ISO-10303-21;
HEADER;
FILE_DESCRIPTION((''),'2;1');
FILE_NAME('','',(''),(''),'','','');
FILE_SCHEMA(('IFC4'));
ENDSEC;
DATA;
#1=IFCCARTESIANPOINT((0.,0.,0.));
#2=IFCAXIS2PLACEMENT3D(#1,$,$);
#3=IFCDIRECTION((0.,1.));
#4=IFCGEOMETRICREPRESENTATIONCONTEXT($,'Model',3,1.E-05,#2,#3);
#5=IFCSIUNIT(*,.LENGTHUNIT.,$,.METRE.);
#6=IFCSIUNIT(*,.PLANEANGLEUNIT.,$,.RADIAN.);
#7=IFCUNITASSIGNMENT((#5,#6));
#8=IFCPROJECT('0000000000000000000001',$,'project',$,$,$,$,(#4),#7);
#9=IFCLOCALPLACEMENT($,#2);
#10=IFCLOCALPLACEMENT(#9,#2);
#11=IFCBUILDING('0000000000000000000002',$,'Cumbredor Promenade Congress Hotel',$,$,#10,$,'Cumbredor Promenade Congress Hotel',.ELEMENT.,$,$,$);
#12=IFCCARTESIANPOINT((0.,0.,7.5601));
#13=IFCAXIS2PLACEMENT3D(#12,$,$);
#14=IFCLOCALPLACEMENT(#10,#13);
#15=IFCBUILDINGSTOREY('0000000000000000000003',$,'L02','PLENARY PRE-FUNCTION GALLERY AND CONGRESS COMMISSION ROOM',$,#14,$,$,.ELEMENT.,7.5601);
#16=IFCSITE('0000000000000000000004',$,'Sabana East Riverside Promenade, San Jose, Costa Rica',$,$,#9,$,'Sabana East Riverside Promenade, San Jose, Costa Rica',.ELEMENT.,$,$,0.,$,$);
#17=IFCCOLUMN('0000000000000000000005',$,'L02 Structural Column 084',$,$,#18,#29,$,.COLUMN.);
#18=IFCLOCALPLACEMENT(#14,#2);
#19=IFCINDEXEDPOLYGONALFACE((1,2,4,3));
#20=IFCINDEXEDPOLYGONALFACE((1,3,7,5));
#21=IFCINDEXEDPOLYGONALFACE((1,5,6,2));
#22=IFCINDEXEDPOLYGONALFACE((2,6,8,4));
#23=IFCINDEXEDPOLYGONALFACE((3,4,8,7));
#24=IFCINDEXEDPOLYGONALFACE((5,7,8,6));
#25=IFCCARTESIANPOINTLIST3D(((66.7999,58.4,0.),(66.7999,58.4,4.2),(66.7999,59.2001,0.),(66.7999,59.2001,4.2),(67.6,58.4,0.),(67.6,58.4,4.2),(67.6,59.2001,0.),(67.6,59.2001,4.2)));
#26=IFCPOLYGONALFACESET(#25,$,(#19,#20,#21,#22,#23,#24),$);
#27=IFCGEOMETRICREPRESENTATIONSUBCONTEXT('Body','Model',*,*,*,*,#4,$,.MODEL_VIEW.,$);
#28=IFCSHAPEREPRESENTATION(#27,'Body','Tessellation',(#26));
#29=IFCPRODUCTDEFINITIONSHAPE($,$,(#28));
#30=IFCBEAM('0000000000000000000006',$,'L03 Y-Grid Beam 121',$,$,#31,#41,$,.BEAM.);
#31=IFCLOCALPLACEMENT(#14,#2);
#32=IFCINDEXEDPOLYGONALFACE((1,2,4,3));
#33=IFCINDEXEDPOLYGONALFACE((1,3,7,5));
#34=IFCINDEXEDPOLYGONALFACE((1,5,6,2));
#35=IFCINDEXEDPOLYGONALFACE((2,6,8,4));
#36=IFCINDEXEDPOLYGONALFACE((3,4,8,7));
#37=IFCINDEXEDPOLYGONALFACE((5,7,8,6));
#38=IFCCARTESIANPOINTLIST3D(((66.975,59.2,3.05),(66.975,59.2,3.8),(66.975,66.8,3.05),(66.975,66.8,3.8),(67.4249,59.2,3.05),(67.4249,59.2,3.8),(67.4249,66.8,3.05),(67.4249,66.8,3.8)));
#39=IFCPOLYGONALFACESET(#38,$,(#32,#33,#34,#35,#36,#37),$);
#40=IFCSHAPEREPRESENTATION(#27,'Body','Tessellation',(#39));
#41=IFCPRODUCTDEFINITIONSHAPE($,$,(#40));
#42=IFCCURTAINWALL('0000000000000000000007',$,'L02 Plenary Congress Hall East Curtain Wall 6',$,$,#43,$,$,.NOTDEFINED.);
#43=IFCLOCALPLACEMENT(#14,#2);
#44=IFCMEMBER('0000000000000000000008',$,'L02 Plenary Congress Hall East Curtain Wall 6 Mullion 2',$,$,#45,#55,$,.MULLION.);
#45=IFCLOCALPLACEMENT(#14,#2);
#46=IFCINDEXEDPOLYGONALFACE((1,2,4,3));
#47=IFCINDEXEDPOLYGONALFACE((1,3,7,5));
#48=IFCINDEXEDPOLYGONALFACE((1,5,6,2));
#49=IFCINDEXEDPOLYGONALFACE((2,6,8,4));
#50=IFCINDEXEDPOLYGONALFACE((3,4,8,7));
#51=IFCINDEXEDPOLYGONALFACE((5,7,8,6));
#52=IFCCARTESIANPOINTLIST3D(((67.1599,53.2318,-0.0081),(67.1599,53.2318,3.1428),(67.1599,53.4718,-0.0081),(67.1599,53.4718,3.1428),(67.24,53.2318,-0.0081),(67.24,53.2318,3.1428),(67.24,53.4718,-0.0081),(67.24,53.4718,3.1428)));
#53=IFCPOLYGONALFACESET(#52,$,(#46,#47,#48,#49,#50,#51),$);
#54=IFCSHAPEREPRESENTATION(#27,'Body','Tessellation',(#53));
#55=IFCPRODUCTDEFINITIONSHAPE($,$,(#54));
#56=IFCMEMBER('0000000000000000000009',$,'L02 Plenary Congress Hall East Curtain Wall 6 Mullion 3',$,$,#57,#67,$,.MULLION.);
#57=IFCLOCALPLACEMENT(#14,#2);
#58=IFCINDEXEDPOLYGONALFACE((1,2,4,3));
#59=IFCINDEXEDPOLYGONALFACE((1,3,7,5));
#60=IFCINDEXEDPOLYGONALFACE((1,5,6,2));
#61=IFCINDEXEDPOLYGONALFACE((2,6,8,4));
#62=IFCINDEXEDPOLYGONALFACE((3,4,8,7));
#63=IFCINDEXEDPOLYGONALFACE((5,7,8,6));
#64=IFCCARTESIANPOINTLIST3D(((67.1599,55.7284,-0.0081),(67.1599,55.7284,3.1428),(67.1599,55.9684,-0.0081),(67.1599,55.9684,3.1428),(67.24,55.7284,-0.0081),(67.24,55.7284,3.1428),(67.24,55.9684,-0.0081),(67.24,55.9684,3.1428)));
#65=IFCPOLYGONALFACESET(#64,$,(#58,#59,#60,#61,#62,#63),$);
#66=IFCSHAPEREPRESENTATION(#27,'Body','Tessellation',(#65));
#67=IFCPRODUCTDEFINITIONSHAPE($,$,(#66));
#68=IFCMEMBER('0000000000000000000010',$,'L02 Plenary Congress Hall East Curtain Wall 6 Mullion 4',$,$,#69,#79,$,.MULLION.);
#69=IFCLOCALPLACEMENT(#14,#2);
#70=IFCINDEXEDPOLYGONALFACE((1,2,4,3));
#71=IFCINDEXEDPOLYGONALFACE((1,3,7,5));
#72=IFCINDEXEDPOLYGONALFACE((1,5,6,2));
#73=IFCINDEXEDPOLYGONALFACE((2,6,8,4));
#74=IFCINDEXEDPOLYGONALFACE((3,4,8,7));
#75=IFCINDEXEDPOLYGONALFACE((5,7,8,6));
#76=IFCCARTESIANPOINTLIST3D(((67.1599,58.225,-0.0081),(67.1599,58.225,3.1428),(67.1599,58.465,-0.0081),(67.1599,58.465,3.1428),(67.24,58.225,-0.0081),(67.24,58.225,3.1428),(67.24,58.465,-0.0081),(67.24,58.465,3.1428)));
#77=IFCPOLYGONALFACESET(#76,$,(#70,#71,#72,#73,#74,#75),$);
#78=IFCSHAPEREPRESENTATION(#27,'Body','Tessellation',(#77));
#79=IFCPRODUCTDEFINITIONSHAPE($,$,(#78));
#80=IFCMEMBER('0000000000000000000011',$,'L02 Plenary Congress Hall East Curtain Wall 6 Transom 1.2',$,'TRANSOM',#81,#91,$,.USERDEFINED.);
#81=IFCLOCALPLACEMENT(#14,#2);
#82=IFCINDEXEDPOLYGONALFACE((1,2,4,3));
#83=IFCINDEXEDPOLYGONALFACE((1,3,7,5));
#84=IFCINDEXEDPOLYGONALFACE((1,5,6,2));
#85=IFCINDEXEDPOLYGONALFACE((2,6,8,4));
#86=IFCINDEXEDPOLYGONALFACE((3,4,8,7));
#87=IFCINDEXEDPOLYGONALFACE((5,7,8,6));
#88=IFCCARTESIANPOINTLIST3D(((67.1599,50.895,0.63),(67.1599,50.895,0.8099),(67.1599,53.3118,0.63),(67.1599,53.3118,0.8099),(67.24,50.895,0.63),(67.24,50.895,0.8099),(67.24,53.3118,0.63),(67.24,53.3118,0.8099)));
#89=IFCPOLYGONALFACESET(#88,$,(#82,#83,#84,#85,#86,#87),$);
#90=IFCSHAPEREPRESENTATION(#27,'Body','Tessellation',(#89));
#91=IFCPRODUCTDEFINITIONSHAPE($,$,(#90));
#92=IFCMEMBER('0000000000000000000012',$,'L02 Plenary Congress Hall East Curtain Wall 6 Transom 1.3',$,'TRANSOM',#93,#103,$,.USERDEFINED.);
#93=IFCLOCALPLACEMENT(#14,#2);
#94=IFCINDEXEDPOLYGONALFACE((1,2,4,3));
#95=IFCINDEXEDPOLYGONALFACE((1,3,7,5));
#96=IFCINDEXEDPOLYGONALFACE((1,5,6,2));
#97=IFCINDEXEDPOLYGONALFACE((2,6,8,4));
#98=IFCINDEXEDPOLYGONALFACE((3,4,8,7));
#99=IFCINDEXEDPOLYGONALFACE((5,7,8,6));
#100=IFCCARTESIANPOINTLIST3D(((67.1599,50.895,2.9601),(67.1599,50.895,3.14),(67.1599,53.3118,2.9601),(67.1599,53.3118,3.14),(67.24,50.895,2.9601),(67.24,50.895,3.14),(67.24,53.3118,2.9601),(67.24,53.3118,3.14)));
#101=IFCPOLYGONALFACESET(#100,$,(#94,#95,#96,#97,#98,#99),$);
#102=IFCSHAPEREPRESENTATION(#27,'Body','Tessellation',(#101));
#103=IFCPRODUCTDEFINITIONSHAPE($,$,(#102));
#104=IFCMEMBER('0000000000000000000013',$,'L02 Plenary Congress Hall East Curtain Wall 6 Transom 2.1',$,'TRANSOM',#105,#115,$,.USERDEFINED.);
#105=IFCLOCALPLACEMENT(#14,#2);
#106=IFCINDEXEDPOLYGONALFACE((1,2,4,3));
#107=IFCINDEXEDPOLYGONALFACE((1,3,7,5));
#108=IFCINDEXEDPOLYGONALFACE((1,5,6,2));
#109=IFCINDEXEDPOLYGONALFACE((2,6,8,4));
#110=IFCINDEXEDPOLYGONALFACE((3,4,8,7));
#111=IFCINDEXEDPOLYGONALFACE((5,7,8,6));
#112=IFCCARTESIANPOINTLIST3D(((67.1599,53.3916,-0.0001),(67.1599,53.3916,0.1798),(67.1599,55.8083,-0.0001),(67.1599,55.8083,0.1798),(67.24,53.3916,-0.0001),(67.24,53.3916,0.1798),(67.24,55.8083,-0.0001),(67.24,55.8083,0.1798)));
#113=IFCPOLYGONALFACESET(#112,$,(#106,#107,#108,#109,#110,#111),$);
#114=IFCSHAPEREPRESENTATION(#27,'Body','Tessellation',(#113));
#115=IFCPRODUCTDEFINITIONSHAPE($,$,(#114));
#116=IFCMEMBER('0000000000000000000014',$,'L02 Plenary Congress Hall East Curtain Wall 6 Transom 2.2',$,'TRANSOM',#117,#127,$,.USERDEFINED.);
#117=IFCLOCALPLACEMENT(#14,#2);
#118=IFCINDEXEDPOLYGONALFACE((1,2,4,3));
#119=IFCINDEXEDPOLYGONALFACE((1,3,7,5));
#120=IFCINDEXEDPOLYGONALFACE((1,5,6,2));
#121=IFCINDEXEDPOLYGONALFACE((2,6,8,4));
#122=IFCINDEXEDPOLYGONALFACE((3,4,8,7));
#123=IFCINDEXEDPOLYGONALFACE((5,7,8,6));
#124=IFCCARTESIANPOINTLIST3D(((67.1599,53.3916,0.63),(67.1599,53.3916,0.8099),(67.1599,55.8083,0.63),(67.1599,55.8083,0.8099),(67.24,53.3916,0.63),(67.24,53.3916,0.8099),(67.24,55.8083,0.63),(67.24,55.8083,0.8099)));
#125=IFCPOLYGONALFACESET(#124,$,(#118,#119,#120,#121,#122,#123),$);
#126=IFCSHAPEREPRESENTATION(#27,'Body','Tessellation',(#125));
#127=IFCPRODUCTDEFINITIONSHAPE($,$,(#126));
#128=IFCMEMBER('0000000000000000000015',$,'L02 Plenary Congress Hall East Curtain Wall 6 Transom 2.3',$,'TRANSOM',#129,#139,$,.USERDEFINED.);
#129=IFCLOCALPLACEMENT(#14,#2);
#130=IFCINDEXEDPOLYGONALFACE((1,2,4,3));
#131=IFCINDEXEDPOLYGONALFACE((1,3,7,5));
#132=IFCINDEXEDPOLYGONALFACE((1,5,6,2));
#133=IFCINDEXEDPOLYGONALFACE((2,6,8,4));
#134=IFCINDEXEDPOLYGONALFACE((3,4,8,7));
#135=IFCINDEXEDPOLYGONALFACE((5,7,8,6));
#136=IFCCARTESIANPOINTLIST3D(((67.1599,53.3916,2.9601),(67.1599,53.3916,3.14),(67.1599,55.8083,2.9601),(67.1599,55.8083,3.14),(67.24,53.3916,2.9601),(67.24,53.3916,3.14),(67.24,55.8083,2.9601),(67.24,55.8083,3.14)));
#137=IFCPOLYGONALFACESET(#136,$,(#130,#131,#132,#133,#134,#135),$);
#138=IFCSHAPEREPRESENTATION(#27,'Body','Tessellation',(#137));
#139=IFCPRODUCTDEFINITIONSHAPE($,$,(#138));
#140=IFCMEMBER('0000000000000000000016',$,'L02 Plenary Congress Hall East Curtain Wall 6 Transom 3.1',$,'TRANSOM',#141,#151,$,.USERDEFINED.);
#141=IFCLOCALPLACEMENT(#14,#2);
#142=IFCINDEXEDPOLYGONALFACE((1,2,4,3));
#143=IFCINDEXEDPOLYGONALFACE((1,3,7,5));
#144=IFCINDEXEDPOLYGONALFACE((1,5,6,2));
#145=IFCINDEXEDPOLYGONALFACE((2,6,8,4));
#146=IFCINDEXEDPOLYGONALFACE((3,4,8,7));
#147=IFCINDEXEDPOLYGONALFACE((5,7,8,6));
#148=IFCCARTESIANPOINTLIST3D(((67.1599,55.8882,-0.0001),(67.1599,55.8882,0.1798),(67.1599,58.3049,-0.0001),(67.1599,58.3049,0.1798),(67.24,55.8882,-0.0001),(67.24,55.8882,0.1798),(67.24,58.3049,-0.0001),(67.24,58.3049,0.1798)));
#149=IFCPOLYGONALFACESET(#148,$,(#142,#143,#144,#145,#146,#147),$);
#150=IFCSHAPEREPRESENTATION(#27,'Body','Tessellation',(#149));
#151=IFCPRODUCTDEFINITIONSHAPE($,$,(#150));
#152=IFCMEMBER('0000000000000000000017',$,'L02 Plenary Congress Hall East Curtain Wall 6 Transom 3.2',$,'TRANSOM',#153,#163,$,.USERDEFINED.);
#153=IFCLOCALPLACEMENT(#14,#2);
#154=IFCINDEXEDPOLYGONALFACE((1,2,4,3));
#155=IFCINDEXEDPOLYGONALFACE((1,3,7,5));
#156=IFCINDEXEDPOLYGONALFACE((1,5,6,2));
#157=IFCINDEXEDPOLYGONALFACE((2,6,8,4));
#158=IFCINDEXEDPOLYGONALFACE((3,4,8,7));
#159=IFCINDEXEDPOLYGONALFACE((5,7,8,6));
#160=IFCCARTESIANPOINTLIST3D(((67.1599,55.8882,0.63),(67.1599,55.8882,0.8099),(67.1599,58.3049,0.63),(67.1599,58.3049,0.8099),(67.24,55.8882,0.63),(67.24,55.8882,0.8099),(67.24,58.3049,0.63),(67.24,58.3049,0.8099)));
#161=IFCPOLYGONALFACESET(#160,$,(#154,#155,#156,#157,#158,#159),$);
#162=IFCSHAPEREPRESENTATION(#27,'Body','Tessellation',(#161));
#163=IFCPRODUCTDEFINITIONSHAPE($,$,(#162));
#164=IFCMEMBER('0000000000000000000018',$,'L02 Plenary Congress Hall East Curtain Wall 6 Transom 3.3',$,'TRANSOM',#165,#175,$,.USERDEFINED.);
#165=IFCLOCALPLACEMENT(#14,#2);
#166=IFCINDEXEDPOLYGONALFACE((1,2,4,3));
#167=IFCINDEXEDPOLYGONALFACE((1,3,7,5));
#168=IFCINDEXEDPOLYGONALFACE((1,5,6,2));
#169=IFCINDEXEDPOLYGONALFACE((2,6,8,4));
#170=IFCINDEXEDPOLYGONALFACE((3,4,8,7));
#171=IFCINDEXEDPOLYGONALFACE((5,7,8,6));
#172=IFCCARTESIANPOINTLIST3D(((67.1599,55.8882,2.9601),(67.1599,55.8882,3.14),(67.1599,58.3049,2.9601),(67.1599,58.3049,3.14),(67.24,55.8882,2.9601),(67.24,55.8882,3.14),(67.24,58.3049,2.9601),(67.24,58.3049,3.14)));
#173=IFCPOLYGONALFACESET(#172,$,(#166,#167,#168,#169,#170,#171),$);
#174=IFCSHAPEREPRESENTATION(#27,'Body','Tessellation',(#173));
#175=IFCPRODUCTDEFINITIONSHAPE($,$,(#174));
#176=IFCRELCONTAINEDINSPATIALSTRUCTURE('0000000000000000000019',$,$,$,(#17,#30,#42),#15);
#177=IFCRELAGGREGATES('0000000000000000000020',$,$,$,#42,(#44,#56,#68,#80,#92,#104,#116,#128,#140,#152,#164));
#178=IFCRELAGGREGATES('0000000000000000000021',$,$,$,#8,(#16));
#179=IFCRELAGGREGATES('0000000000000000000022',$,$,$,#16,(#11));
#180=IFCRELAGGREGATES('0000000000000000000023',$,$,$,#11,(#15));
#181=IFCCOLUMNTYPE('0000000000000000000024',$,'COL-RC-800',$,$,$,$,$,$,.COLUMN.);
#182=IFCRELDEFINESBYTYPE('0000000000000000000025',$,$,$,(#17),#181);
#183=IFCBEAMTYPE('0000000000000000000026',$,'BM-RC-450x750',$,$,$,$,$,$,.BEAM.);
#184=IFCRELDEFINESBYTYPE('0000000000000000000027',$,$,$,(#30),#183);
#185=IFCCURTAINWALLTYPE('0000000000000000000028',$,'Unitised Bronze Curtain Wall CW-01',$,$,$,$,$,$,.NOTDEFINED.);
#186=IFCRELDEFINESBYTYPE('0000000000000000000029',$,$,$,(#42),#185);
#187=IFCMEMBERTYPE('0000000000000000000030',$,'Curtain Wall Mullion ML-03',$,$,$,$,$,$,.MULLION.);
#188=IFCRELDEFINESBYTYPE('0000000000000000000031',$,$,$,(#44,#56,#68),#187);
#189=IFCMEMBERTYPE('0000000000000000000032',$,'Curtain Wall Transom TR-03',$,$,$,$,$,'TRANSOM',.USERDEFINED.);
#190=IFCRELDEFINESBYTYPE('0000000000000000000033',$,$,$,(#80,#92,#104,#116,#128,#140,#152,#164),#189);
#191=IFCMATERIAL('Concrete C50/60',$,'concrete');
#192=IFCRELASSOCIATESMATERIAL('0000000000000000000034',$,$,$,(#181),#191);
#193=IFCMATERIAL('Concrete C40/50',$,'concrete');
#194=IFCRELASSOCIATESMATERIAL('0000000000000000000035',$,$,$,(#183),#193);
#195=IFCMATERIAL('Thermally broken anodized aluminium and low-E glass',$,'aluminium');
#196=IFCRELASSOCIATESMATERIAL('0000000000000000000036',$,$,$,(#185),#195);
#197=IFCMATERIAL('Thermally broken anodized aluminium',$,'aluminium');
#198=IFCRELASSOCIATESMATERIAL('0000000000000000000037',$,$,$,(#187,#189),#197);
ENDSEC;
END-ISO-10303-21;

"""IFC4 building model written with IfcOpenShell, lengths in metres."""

from ifc_helpers import new_model, si_unit, direction, frame, origin, origin_2d, place, context, subcontext, project, spatial, rectangle, extrude, material, material_profile, profile_set, type_object, element, aggregate, save


model = new_model("IFC4")

# Units and contexts
model_context = context("Model", 3, precision=1e-05, world=origin(), true_north=direction((0.0, 1.0)))
body_context = subcontext(model_context, "Body", "Model", "MODEL_VIEW")
ifc_project = project(units=[si_unit("LENGTHUNIT", "METRE"), si_unit("PLANEANGLEUNIT", "RADIAN")], contexts=[model_context])

# Site, building, storey
site_placement = place(None, origin())
site = spatial("IfcSite", under=ifc_project, at=site_placement, Name="Sabana East Riverside Promenade, San Jose, Costa Rica", LongName="Sabana East Riverside Promenade, San Jose, Costa Rica", CompositionType="ELEMENT", RefElevation=0.0)
building_placement = place(site_placement, origin())
building = spatial("IfcBuilding", under=site, at=building_placement, Name="Cumbredor Promenade Congress Hotel", LongName="Cumbredor Promenade Congress Hotel", CompositionType="ELEMENT")
storey_placement = place(building_placement, frame((0.0, 0.0, 7.5601)))
storey = spatial("IfcBuildingStorey", under=building, at=storey_placement, Name="L02", Description="PLENARY PRE-FUNCTION GALLERY AND CONGRESS COMMISSION ROOM", CompositionType="ELEMENT", Elevation=7.5601)

# Column
ifc_material_1 = material(Name="Concrete C50/60", Category="concrete")
ifc_material_profile_1 = material_profile(ifc_material_1, rectangle(XDim=0.8, YDim=0.8, at=origin_2d()), Name="RC 800x800")
ifc_profile_set_1 = profile_set([ifc_material_profile_1], Name="Concrete C50/60")
column_type = type_object("IfcColumnType", Name="COL-RC-800", PredefinedType="COLUMN", material=ifc_profile_set_1)
column_placement = place(storey_placement, frame((67.2, 58.8, 0.0), z_axis=(0.0, 0.0, 1.0), x_axis=(1.0, 0.0, 0.0)))
element("IfcColumn", 1, at=column_placement, inside=storey, type_object=column_type, Name="L02 Structural Column 084", PredefinedType="COLUMN", context=body_context, shape_type="SweptSolid", body=[
    extrude(rectangle(XDim=0.8, YDim=0.8, at=origin_2d()), origin(), (0.0, 0.0, 1.0), 4.2),
])

# Beam
ifc_material_2 = material(Name="Concrete C40/50", Category="concrete")
ifc_material_profile_2 = material_profile(ifc_material_2, rectangle(XDim=0.45, YDim=0.75, at=origin_2d()), Name="RC BEAM 450x750")
ifc_profile_set_2 = profile_set([ifc_material_profile_2], Name="Concrete C40/50")
beam_type = type_object("IfcBeamType", Name="BM-RC-450x750", PredefinedType="BEAM", material=ifc_profile_set_2)
beam_placement = place(storey_placement, frame((67.2, 59.2, 3.425), z_axis=(0.0, 1.0, 0.0), x_axis=(-1.0, 0.0, 0.0)))
element("IfcBeam", 2, at=beam_placement, inside=storey, type_object=beam_type, Name="L03 Y-Grid Beam 121", PredefinedType="BEAM", context=body_context, shape_type="SweptSolid", body=[
    extrude(rectangle(XDim=0.45, YDim=0.75, at=origin_2d()), origin(), (0.0, 0.0, 1.0), 7.6001),
])

# Curtain wall, members
ifc_material_3 = material(Name="Thermally broken anodized aluminium and low-E glass", Category="aluminium")
curtain_wall_type = type_object("IfcCurtainWallType", Name="Unitised Bronze Curtain Wall CW-01", PredefinedType="NOTDEFINED", material=ifc_material_3)
curtain_wall_placement = place(storey_placement, origin())
curtain_wall = element("IfcCurtainWall", 3, at=curtain_wall_placement, inside=storey, type_object=curtain_wall_type, Name="L02 Plenary Congress Hall East Curtain Wall 6", PredefinedType="NOTDEFINED")
ifc_material_4 = material(Name="Thermally broken anodized aluminium", Category="aluminium")
ifc_material_profile_3 = material_profile(ifc_material_4, rectangle(XDim=0.0801, YDim=0.24, at=origin_2d()), Name="ALU MULLION 80x240")
ifc_profile_set_3 = profile_set([ifc_material_profile_3], Name="Thermally broken anodized aluminium")
member_type_1 = type_object("IfcMemberType", Name="Curtain Wall Mullion ML-03", PredefinedType="MULLION", material=ifc_profile_set_3)
member_1_placement = place(storey_placement, frame((67.2, 53.3518, -0.0081), z_axis=(0.0, 0.0, 1.0), x_axis=(1.0, 0.0, 0.0)))
member_1 = element("IfcMember", 4, at=member_1_placement, type_object=member_type_1, Name="L02 Plenary Congress Hall East Curtain Wall 6 Mullion 2", PredefinedType="MULLION", context=body_context, shape_type="SweptSolid", body=[
    extrude(rectangle(XDim=0.0801, YDim=0.24, at=origin_2d()), origin(), (0.0, 0.0, 1.0), 3.1509),
])
member_2_placement = place(storey_placement, frame((67.2, 55.8484, -0.0081), z_axis=(0.0, 0.0, 1.0), x_axis=(1.0, 0.0, 0.0)))
member_2 = element("IfcMember", 5, at=member_2_placement, type_object=member_type_1, Name="L02 Plenary Congress Hall East Curtain Wall 6 Mullion 3", PredefinedType="MULLION", context=body_context, shape_type="SweptSolid", body=[
    extrude(rectangle(XDim=0.0801, YDim=0.24, at=origin_2d()), origin(), (0.0, 0.0, 1.0), 3.1509),
])
member_3_placement = place(storey_placement, frame((67.2, 58.345, -0.0081), z_axis=(0.0, 0.0, 1.0), x_axis=(1.0, 0.0, 0.0)))
member_3 = element("IfcMember", 6, at=member_3_placement, type_object=member_type_1, Name="L02 Plenary Congress Hall East Curtain Wall 6 Mullion 4", PredefinedType="MULLION", context=body_context, shape_type="SweptSolid", body=[
    extrude(rectangle(XDim=0.0801, YDim=0.24, at=origin_2d()), origin(), (0.0, 0.0, 1.0), 3.1509),
])
ifc_material_profile_4 = material_profile(ifc_material_4, rectangle(XDim=0.0801, YDim=0.1799, at=origin_2d()), Name="ALU TRANSOM 80x180")
ifc_profile_set_4 = profile_set([ifc_material_profile_4], Name="Thermally broken anodized aluminium")
member_type_2 = type_object("IfcMemberType", Name="Curtain Wall Transom TR-03", ElementType="TRANSOM", PredefinedType="USERDEFINED", material=ifc_profile_set_4)
member_4_placement = place(storey_placement, frame((67.2, 50.895, 0.72), z_axis=(0.0, 1.0, 0.0), x_axis=(-1.0, 0.0, 0.0)))
member_4 = element("IfcMember", 7, at=member_4_placement, type_object=member_type_2, Name="L02 Plenary Congress Hall East Curtain Wall 6 Transom 1.2", ObjectType="TRANSOM", PredefinedType="USERDEFINED", context=body_context, shape_type="SweptSolid", body=[
    extrude(rectangle(XDim=0.0801, YDim=0.1799, at=origin_2d()), origin(), (0.0, 0.0, 1.0), 2.4167),
])
member_5_placement = place(storey_placement, frame((67.2, 50.895, 3.05), z_axis=(0.0, 1.0, 0.0), x_axis=(-1.0, 0.0, 0.0)))
member_5 = element("IfcMember", 8, at=member_5_placement, type_object=member_type_2, Name="L02 Plenary Congress Hall East Curtain Wall 6 Transom 1.3", ObjectType="TRANSOM", PredefinedType="USERDEFINED", context=body_context, shape_type="SweptSolid", body=[
    extrude(rectangle(XDim=0.0801, YDim=0.1799, at=origin_2d()), origin(), (0.0, 0.0, 1.0), 2.4167),
])
member_6_placement = place(storey_placement, frame((67.2, 53.3916, 0.0898), z_axis=(0.0, 1.0, 0.0), x_axis=(-1.0, 0.0, 0.0)))
member_6 = element("IfcMember", 9, at=member_6_placement, type_object=member_type_2, Name="L02 Plenary Congress Hall East Curtain Wall 6 Transom 2.1", ObjectType="TRANSOM", PredefinedType="USERDEFINED", context=body_context, shape_type="SweptSolid", body=[
    extrude(rectangle(XDim=0.0801, YDim=0.1799, at=origin_2d()), origin(), (0.0, 0.0, 1.0), 2.4167),
])
member_7_placement = place(storey_placement, frame((67.2, 53.3916, 0.72), z_axis=(0.0, 1.0, 0.0), x_axis=(-1.0, 0.0, 0.0)))
member_7 = element("IfcMember", 10, at=member_7_placement, type_object=member_type_2, Name="L02 Plenary Congress Hall East Curtain Wall 6 Transom 2.2", ObjectType="TRANSOM", PredefinedType="USERDEFINED", context=body_context, shape_type="SweptSolid", body=[
    extrude(rectangle(XDim=0.0801, YDim=0.1799, at=origin_2d()), origin(), (0.0, 0.0, 1.0), 2.4167),
])
member_8_placement = place(storey_placement, frame((67.2, 53.3916, 3.05), z_axis=(0.0, 1.0, 0.0), x_axis=(-1.0, 0.0, 0.0)))
member_8 = element("IfcMember", 11, at=member_8_placement, type_object=member_type_2, Name="L02 Plenary Congress Hall East Curtain Wall 6 Transom 2.3", ObjectType="TRANSOM", PredefinedType="USERDEFINED", context=body_context, shape_type="SweptSolid", body=[
    extrude(rectangle(XDim=0.0801, YDim=0.1799, at=origin_2d()), origin(), (0.0, 0.0, 1.0), 2.4167),
])
member_9_placement = place(storey_placement, frame((67.2, 55.8882, 0.0898), z_axis=(0.0, 1.0, 0.0), x_axis=(-1.0, 0.0, 0.0)))
member_9 = element("IfcMember", 12, at=member_9_placement, type_object=member_type_2, Name="L02 Plenary Congress Hall East Curtain Wall 6 Transom 3.1", ObjectType="TRANSOM", PredefinedType="USERDEFINED", context=body_context, shape_type="SweptSolid", body=[
    extrude(rectangle(XDim=0.0801, YDim=0.1799, at=origin_2d()), origin(), (0.0, 0.0, 1.0), 2.4167),
])
member_10_placement = place(storey_placement, frame((67.2, 55.8882, 0.72), z_axis=(0.0, 1.0, 0.0), x_axis=(-1.0, 0.0, 0.0)))
member_10 = element("IfcMember", 13, at=member_10_placement, type_object=member_type_2, Name="L02 Plenary Congress Hall East Curtain Wall 6 Transom 3.2", ObjectType="TRANSOM", PredefinedType="USERDEFINED", context=body_context, shape_type="SweptSolid", body=[
    extrude(rectangle(XDim=0.0801, YDim=0.1799, at=origin_2d()), origin(), (0.0, 0.0, 1.0), 2.4167),
])
member_11_placement = place(storey_placement, frame((67.2, 55.8882, 3.05), z_axis=(0.0, 1.0, 0.0), x_axis=(-1.0, 0.0, 0.0)))
member_11 = element("IfcMember", 14, at=member_11_placement, type_object=member_type_2, Name="L02 Plenary Congress Hall East Curtain Wall 6 Transom 3.3", ObjectType="TRANSOM", PredefinedType="USERDEFINED", context=body_context, shape_type="SweptSolid", body=[
    extrude(rectangle(XDim=0.0801, YDim=0.1799, at=origin_2d()), origin(), (0.0, 0.0, 1.0), 2.4167),
])

aggregate(curtain_wall, [member_1, member_2, member_3, member_4, member_5, member_6, member_7, member_8, member_9, member_10, member_11])

save(model, "model.ifc")
